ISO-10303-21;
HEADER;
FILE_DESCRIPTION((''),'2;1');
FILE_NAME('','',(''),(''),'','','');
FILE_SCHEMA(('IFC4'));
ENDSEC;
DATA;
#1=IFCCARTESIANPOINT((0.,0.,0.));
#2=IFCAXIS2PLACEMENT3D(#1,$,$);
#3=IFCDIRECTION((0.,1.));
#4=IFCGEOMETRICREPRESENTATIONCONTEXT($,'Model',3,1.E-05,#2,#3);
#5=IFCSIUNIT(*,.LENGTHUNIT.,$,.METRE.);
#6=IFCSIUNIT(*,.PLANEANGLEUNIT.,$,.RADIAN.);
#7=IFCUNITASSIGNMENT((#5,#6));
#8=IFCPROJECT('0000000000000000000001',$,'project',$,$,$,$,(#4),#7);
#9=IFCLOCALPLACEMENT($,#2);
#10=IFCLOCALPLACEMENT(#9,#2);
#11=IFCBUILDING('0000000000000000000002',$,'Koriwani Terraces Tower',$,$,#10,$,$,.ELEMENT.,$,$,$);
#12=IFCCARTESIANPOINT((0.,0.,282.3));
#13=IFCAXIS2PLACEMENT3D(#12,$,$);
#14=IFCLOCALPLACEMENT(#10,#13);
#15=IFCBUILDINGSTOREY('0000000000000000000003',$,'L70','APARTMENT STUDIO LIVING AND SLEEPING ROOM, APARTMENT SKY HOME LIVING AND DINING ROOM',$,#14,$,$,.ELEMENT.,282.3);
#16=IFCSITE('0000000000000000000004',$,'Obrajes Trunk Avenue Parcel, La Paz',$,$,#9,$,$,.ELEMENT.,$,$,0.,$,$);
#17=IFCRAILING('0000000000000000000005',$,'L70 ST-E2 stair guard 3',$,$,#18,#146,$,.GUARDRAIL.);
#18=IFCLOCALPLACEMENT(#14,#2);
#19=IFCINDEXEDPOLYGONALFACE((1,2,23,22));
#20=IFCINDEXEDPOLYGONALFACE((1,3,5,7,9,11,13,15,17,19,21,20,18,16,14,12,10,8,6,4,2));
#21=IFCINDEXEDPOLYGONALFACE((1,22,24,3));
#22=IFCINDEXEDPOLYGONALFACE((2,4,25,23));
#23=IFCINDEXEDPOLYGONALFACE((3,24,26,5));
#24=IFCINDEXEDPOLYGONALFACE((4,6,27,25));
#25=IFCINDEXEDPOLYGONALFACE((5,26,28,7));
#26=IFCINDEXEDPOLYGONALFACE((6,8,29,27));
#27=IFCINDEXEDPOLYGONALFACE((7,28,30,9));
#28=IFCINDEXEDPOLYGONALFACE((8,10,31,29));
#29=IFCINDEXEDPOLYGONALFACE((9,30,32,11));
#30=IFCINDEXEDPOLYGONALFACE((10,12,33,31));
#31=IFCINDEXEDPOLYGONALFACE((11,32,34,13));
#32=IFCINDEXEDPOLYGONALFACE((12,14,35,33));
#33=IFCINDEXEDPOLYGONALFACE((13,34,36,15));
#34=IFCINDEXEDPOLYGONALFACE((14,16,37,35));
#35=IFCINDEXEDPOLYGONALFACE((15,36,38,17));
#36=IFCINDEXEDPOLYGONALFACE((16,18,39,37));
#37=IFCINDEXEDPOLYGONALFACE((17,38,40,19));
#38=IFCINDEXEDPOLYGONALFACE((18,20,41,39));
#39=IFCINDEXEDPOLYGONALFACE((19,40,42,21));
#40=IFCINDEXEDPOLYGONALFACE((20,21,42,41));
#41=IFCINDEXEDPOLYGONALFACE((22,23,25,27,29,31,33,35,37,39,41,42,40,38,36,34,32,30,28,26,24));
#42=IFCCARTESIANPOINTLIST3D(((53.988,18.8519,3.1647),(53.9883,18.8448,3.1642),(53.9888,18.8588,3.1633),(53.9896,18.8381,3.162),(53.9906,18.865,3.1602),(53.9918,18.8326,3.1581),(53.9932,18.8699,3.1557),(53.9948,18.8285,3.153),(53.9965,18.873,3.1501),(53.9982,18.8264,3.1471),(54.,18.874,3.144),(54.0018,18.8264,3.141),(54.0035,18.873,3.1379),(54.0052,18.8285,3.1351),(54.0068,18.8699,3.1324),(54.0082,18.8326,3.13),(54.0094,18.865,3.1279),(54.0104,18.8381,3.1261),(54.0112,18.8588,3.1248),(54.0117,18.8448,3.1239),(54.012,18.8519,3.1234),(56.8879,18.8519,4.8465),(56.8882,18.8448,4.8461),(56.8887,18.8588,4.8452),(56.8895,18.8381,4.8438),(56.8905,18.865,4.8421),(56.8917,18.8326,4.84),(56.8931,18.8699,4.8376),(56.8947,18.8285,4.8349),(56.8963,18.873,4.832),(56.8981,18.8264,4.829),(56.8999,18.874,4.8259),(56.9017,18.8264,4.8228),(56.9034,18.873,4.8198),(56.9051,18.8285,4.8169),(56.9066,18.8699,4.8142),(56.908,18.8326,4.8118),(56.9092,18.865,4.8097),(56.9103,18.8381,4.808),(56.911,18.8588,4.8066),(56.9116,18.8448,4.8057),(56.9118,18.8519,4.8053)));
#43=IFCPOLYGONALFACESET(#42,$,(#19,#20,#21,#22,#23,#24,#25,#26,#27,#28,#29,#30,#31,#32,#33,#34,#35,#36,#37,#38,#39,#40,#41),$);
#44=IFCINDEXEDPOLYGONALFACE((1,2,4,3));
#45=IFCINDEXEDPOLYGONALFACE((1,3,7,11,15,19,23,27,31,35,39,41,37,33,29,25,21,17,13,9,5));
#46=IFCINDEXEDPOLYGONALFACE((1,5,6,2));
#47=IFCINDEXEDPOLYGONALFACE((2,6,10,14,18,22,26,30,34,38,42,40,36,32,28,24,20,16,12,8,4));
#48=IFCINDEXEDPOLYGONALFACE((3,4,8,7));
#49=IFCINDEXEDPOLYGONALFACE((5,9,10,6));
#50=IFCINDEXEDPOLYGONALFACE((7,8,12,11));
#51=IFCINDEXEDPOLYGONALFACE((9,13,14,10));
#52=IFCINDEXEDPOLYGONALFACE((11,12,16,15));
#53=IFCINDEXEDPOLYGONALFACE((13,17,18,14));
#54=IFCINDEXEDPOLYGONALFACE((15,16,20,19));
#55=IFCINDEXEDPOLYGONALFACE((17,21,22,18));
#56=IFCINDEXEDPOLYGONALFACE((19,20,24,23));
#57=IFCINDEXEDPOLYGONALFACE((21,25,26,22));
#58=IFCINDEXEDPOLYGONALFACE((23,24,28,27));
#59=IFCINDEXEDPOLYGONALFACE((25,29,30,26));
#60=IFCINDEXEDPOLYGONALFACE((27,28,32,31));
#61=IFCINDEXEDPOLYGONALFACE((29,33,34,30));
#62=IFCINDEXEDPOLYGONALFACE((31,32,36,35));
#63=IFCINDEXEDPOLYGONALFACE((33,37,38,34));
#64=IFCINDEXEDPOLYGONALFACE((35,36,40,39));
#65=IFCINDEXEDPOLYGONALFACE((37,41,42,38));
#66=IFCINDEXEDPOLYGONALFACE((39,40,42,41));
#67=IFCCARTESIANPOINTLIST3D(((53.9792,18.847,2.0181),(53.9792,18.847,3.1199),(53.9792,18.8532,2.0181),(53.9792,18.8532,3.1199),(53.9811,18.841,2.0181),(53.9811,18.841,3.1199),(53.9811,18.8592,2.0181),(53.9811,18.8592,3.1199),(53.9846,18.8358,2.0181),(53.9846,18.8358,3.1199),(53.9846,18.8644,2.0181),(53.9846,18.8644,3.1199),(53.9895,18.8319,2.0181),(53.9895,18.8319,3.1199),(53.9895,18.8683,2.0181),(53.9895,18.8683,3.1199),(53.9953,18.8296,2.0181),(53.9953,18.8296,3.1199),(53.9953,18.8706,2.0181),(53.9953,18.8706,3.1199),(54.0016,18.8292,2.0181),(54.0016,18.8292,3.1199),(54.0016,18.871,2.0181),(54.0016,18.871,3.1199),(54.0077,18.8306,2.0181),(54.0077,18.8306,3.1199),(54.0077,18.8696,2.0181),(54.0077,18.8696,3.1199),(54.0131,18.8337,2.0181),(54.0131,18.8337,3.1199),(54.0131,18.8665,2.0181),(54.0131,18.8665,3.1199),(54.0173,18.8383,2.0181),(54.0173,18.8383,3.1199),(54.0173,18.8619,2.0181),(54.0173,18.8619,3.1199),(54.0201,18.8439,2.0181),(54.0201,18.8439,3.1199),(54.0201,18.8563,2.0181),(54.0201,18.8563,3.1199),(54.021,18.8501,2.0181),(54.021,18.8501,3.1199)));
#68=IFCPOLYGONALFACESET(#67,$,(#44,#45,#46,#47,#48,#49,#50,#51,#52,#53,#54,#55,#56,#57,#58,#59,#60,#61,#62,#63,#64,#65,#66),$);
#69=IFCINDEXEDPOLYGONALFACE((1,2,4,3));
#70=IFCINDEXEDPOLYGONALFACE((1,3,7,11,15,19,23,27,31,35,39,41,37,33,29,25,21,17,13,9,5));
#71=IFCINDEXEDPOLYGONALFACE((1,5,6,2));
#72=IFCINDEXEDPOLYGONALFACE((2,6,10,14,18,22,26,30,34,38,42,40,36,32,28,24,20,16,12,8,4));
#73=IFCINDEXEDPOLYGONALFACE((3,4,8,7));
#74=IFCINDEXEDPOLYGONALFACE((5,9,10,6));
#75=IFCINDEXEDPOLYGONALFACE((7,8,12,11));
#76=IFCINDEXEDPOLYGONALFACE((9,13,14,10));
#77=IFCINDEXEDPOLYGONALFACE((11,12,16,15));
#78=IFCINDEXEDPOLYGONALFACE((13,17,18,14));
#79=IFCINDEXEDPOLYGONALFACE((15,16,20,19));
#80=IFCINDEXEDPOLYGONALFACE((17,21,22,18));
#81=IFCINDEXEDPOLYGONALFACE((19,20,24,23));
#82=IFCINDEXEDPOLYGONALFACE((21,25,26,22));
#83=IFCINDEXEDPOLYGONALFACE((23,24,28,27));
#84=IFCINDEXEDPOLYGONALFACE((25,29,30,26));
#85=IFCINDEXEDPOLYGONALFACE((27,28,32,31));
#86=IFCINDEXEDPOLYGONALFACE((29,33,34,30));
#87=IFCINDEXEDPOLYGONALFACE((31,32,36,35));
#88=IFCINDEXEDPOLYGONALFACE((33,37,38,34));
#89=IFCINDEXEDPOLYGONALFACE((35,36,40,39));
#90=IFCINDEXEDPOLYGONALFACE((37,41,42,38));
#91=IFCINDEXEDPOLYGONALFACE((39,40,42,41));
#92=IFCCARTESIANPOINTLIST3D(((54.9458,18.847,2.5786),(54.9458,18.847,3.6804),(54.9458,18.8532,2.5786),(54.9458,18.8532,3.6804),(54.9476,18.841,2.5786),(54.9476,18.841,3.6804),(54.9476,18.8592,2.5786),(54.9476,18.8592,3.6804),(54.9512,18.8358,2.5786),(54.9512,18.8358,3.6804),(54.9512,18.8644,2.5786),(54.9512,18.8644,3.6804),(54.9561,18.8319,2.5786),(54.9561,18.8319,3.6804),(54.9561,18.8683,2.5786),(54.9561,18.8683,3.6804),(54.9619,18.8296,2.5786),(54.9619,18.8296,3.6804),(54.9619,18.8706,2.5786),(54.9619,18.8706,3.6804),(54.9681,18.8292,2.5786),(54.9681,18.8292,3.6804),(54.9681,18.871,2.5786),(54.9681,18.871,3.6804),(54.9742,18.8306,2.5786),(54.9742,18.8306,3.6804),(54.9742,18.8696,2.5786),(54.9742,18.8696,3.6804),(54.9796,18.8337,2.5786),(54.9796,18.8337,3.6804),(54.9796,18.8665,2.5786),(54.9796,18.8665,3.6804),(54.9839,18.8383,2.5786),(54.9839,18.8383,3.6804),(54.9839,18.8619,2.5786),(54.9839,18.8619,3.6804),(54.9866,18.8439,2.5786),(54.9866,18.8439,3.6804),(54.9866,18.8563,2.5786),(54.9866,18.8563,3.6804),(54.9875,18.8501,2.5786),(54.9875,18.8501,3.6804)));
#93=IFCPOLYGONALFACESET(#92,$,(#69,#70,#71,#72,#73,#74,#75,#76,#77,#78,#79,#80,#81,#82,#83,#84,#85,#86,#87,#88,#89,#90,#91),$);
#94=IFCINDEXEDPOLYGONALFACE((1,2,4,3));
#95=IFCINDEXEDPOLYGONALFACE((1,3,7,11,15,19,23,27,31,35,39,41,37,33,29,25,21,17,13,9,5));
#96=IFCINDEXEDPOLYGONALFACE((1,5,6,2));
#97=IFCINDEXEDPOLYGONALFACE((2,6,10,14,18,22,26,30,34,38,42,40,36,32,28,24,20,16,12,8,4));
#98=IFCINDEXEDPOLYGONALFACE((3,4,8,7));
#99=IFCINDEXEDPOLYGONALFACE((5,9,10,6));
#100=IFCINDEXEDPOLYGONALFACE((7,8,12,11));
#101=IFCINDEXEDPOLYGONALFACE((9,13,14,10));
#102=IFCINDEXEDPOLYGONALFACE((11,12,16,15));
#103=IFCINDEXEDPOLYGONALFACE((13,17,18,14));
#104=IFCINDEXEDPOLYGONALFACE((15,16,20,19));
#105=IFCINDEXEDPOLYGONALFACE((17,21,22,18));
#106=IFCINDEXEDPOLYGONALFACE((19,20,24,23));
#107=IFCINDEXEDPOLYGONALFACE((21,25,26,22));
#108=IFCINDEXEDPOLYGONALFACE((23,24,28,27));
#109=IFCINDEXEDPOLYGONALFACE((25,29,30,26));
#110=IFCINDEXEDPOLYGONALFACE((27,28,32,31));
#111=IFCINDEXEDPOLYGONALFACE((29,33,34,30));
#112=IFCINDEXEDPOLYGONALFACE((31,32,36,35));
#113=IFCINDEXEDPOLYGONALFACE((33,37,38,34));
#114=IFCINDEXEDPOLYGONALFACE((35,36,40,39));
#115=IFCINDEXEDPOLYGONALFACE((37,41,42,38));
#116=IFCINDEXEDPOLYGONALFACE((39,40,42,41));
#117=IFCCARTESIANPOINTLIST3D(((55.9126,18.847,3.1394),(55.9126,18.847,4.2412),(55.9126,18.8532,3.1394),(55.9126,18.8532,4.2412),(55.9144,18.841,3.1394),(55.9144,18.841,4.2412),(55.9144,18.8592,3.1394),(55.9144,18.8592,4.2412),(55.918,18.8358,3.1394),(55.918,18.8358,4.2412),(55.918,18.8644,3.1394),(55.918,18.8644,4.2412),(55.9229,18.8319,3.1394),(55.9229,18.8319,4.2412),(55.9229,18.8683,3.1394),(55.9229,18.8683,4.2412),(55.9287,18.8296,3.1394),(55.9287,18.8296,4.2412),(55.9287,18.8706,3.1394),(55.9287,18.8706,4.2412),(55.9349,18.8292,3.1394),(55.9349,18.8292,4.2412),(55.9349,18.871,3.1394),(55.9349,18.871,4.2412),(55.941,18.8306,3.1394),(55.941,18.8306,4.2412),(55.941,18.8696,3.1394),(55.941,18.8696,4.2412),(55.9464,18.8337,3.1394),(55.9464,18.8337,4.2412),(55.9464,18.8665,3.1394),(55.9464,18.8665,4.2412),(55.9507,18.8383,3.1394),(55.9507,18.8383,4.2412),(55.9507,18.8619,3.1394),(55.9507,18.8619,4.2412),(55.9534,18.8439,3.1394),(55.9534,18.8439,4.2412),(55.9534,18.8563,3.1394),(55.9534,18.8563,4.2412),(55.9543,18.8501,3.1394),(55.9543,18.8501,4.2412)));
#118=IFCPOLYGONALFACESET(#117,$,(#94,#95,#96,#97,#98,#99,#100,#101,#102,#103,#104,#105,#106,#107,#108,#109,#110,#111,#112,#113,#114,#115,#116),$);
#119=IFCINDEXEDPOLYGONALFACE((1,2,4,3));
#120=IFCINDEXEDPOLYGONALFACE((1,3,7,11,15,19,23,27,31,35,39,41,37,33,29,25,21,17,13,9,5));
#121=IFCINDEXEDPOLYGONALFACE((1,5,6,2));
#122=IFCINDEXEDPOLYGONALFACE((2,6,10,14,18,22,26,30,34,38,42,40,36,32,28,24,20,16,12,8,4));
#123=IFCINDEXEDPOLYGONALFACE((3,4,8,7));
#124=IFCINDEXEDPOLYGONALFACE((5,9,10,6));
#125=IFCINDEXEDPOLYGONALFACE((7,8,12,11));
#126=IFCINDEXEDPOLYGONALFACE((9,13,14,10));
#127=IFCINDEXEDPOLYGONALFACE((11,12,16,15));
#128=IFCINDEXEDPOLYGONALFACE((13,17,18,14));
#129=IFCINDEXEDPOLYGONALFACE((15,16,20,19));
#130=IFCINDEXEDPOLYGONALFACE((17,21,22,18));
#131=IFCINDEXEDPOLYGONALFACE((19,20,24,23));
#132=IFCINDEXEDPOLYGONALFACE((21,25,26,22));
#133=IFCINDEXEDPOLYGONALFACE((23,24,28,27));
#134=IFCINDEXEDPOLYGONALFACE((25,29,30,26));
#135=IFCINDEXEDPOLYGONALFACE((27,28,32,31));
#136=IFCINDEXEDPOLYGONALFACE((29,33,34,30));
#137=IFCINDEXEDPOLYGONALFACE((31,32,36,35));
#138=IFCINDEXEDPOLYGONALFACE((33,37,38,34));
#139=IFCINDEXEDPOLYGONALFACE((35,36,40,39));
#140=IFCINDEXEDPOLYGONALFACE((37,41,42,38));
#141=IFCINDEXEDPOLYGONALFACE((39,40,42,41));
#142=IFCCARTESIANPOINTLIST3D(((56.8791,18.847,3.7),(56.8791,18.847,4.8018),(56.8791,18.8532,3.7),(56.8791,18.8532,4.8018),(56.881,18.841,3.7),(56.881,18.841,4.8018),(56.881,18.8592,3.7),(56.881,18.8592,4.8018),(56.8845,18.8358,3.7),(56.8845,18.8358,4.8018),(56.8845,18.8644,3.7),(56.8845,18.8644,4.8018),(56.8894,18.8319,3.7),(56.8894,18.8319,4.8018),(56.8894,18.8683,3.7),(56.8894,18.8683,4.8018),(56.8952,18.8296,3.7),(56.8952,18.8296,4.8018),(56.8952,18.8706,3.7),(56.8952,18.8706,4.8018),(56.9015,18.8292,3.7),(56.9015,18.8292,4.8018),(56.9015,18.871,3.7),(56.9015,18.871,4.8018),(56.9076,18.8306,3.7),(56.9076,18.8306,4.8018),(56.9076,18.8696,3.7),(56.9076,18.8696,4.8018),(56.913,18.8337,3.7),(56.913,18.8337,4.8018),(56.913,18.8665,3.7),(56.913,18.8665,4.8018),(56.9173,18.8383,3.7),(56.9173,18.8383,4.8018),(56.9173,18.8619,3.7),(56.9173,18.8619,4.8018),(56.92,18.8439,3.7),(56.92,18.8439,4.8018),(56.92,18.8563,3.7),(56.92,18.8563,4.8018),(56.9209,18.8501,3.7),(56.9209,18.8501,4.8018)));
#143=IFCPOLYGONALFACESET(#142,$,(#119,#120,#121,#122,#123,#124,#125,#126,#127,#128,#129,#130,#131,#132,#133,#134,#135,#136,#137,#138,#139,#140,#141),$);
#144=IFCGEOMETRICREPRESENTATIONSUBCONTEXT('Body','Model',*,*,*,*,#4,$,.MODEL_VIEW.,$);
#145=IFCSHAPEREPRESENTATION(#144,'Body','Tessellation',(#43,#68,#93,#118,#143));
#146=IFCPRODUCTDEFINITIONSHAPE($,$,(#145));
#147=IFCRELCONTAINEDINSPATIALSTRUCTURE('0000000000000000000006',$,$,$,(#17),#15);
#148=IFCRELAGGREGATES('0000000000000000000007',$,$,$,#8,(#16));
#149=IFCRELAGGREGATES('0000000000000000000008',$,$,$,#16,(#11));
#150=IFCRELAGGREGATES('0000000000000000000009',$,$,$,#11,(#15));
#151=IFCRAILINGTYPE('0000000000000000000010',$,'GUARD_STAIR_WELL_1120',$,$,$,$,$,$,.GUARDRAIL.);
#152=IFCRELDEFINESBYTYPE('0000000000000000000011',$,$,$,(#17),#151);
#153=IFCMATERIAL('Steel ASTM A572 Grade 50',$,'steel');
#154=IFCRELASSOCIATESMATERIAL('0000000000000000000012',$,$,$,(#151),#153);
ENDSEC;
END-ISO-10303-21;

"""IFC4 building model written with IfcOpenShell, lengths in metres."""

from ifc_helpers import new_model, si_unit, direction, frame, origin, origin_2d, place, context, subcontext, project, spatial, circle, extrude, material, type_object, element, save


model = new_model("IFC4")

# Units and contexts
model_context = context("Model", 3, precision=1e-05, world=origin(), true_north=direction((0.0, 1.0)))
body_context = subcontext(model_context, "Body", "Model", "MODEL_VIEW")
ifc_project = project(units=[si_unit("LENGTHUNIT", "METRE"), si_unit("PLANEANGLEUNIT", "RADIAN")], contexts=[model_context])

# Site, building, storey
site_placement = place(None, origin())
site = spatial("IfcSite", under=ifc_project, at=site_placement, Name="Obrajes Trunk Avenue Parcel, La Paz", CompositionType="ELEMENT", RefElevation=0.0)
building_placement = place(site_placement, origin())
building = spatial("IfcBuilding", under=site, at=building_placement, Name="Koriwani Terraces Tower", CompositionType="ELEMENT")
storey_placement = place(building_placement, frame((0.0, 0.0, 282.3)))
storey = spatial("IfcBuildingStorey", under=building, at=storey_placement, Name="L70", Description="APARTMENT STUDIO LIVING AND SLEEPING ROOM, APARTMENT SKY HOME LIVING AND DINING ROOM", CompositionType="ELEMENT", Elevation=282.3)

# Shared definitions
ifc_material_1 = material(Name="Steel ASTM A572 Grade 50", Category="steel")

# Railing
railing_type_1 = type_object("IfcRailingType", Name="GUARD_STAIR_WELL_1120", PredefinedType="GUARDRAIL", material=ifc_material_1)
railing_1_placement = place(storey_placement, frame((54.0, 18.8501, 2.0181)))
element("IfcRailing", 1, at=railing_1_placement, inside=storey, type_object=railing_type_1, Name="L70 ST-E2 stair guard 3", PredefinedType="GUARDRAIL", context=body_context, shape_type="SweptSolid", body=[
    extrude(circle(Radius=0.0239, at=origin_2d()), frame((0.0, 0.0, 1.126), z_axis=(0.865039, 0.0, 0.501705), x_axis=(0.0, 1.0, 0.0)), (0.0, 0.0, 1.0), 3.3523),
    extrude(circle(Radius=0.021, at=origin_2d()), origin(), (0.0, 0.0, 1.0), 1.1018),
    extrude(circle(Radius=0.021, at=origin_2d()), frame((0.9666, 0.0, 0.5605)), (0.0, 0.0, 1.0), 1.1018),
    extrude(circle(Radius=0.021, at=origin_2d()), frame((1.9333, 0.0, 1.1213)), (0.0, 0.0, 1.0), 1.1018),
    extrude(circle(Radius=0.021, at=origin_2d()), frame((2.8999, 0.0, 1.6819)), (0.0, 0.0, 1.0), 1.1018),
])

save(model, "model.ifc")
